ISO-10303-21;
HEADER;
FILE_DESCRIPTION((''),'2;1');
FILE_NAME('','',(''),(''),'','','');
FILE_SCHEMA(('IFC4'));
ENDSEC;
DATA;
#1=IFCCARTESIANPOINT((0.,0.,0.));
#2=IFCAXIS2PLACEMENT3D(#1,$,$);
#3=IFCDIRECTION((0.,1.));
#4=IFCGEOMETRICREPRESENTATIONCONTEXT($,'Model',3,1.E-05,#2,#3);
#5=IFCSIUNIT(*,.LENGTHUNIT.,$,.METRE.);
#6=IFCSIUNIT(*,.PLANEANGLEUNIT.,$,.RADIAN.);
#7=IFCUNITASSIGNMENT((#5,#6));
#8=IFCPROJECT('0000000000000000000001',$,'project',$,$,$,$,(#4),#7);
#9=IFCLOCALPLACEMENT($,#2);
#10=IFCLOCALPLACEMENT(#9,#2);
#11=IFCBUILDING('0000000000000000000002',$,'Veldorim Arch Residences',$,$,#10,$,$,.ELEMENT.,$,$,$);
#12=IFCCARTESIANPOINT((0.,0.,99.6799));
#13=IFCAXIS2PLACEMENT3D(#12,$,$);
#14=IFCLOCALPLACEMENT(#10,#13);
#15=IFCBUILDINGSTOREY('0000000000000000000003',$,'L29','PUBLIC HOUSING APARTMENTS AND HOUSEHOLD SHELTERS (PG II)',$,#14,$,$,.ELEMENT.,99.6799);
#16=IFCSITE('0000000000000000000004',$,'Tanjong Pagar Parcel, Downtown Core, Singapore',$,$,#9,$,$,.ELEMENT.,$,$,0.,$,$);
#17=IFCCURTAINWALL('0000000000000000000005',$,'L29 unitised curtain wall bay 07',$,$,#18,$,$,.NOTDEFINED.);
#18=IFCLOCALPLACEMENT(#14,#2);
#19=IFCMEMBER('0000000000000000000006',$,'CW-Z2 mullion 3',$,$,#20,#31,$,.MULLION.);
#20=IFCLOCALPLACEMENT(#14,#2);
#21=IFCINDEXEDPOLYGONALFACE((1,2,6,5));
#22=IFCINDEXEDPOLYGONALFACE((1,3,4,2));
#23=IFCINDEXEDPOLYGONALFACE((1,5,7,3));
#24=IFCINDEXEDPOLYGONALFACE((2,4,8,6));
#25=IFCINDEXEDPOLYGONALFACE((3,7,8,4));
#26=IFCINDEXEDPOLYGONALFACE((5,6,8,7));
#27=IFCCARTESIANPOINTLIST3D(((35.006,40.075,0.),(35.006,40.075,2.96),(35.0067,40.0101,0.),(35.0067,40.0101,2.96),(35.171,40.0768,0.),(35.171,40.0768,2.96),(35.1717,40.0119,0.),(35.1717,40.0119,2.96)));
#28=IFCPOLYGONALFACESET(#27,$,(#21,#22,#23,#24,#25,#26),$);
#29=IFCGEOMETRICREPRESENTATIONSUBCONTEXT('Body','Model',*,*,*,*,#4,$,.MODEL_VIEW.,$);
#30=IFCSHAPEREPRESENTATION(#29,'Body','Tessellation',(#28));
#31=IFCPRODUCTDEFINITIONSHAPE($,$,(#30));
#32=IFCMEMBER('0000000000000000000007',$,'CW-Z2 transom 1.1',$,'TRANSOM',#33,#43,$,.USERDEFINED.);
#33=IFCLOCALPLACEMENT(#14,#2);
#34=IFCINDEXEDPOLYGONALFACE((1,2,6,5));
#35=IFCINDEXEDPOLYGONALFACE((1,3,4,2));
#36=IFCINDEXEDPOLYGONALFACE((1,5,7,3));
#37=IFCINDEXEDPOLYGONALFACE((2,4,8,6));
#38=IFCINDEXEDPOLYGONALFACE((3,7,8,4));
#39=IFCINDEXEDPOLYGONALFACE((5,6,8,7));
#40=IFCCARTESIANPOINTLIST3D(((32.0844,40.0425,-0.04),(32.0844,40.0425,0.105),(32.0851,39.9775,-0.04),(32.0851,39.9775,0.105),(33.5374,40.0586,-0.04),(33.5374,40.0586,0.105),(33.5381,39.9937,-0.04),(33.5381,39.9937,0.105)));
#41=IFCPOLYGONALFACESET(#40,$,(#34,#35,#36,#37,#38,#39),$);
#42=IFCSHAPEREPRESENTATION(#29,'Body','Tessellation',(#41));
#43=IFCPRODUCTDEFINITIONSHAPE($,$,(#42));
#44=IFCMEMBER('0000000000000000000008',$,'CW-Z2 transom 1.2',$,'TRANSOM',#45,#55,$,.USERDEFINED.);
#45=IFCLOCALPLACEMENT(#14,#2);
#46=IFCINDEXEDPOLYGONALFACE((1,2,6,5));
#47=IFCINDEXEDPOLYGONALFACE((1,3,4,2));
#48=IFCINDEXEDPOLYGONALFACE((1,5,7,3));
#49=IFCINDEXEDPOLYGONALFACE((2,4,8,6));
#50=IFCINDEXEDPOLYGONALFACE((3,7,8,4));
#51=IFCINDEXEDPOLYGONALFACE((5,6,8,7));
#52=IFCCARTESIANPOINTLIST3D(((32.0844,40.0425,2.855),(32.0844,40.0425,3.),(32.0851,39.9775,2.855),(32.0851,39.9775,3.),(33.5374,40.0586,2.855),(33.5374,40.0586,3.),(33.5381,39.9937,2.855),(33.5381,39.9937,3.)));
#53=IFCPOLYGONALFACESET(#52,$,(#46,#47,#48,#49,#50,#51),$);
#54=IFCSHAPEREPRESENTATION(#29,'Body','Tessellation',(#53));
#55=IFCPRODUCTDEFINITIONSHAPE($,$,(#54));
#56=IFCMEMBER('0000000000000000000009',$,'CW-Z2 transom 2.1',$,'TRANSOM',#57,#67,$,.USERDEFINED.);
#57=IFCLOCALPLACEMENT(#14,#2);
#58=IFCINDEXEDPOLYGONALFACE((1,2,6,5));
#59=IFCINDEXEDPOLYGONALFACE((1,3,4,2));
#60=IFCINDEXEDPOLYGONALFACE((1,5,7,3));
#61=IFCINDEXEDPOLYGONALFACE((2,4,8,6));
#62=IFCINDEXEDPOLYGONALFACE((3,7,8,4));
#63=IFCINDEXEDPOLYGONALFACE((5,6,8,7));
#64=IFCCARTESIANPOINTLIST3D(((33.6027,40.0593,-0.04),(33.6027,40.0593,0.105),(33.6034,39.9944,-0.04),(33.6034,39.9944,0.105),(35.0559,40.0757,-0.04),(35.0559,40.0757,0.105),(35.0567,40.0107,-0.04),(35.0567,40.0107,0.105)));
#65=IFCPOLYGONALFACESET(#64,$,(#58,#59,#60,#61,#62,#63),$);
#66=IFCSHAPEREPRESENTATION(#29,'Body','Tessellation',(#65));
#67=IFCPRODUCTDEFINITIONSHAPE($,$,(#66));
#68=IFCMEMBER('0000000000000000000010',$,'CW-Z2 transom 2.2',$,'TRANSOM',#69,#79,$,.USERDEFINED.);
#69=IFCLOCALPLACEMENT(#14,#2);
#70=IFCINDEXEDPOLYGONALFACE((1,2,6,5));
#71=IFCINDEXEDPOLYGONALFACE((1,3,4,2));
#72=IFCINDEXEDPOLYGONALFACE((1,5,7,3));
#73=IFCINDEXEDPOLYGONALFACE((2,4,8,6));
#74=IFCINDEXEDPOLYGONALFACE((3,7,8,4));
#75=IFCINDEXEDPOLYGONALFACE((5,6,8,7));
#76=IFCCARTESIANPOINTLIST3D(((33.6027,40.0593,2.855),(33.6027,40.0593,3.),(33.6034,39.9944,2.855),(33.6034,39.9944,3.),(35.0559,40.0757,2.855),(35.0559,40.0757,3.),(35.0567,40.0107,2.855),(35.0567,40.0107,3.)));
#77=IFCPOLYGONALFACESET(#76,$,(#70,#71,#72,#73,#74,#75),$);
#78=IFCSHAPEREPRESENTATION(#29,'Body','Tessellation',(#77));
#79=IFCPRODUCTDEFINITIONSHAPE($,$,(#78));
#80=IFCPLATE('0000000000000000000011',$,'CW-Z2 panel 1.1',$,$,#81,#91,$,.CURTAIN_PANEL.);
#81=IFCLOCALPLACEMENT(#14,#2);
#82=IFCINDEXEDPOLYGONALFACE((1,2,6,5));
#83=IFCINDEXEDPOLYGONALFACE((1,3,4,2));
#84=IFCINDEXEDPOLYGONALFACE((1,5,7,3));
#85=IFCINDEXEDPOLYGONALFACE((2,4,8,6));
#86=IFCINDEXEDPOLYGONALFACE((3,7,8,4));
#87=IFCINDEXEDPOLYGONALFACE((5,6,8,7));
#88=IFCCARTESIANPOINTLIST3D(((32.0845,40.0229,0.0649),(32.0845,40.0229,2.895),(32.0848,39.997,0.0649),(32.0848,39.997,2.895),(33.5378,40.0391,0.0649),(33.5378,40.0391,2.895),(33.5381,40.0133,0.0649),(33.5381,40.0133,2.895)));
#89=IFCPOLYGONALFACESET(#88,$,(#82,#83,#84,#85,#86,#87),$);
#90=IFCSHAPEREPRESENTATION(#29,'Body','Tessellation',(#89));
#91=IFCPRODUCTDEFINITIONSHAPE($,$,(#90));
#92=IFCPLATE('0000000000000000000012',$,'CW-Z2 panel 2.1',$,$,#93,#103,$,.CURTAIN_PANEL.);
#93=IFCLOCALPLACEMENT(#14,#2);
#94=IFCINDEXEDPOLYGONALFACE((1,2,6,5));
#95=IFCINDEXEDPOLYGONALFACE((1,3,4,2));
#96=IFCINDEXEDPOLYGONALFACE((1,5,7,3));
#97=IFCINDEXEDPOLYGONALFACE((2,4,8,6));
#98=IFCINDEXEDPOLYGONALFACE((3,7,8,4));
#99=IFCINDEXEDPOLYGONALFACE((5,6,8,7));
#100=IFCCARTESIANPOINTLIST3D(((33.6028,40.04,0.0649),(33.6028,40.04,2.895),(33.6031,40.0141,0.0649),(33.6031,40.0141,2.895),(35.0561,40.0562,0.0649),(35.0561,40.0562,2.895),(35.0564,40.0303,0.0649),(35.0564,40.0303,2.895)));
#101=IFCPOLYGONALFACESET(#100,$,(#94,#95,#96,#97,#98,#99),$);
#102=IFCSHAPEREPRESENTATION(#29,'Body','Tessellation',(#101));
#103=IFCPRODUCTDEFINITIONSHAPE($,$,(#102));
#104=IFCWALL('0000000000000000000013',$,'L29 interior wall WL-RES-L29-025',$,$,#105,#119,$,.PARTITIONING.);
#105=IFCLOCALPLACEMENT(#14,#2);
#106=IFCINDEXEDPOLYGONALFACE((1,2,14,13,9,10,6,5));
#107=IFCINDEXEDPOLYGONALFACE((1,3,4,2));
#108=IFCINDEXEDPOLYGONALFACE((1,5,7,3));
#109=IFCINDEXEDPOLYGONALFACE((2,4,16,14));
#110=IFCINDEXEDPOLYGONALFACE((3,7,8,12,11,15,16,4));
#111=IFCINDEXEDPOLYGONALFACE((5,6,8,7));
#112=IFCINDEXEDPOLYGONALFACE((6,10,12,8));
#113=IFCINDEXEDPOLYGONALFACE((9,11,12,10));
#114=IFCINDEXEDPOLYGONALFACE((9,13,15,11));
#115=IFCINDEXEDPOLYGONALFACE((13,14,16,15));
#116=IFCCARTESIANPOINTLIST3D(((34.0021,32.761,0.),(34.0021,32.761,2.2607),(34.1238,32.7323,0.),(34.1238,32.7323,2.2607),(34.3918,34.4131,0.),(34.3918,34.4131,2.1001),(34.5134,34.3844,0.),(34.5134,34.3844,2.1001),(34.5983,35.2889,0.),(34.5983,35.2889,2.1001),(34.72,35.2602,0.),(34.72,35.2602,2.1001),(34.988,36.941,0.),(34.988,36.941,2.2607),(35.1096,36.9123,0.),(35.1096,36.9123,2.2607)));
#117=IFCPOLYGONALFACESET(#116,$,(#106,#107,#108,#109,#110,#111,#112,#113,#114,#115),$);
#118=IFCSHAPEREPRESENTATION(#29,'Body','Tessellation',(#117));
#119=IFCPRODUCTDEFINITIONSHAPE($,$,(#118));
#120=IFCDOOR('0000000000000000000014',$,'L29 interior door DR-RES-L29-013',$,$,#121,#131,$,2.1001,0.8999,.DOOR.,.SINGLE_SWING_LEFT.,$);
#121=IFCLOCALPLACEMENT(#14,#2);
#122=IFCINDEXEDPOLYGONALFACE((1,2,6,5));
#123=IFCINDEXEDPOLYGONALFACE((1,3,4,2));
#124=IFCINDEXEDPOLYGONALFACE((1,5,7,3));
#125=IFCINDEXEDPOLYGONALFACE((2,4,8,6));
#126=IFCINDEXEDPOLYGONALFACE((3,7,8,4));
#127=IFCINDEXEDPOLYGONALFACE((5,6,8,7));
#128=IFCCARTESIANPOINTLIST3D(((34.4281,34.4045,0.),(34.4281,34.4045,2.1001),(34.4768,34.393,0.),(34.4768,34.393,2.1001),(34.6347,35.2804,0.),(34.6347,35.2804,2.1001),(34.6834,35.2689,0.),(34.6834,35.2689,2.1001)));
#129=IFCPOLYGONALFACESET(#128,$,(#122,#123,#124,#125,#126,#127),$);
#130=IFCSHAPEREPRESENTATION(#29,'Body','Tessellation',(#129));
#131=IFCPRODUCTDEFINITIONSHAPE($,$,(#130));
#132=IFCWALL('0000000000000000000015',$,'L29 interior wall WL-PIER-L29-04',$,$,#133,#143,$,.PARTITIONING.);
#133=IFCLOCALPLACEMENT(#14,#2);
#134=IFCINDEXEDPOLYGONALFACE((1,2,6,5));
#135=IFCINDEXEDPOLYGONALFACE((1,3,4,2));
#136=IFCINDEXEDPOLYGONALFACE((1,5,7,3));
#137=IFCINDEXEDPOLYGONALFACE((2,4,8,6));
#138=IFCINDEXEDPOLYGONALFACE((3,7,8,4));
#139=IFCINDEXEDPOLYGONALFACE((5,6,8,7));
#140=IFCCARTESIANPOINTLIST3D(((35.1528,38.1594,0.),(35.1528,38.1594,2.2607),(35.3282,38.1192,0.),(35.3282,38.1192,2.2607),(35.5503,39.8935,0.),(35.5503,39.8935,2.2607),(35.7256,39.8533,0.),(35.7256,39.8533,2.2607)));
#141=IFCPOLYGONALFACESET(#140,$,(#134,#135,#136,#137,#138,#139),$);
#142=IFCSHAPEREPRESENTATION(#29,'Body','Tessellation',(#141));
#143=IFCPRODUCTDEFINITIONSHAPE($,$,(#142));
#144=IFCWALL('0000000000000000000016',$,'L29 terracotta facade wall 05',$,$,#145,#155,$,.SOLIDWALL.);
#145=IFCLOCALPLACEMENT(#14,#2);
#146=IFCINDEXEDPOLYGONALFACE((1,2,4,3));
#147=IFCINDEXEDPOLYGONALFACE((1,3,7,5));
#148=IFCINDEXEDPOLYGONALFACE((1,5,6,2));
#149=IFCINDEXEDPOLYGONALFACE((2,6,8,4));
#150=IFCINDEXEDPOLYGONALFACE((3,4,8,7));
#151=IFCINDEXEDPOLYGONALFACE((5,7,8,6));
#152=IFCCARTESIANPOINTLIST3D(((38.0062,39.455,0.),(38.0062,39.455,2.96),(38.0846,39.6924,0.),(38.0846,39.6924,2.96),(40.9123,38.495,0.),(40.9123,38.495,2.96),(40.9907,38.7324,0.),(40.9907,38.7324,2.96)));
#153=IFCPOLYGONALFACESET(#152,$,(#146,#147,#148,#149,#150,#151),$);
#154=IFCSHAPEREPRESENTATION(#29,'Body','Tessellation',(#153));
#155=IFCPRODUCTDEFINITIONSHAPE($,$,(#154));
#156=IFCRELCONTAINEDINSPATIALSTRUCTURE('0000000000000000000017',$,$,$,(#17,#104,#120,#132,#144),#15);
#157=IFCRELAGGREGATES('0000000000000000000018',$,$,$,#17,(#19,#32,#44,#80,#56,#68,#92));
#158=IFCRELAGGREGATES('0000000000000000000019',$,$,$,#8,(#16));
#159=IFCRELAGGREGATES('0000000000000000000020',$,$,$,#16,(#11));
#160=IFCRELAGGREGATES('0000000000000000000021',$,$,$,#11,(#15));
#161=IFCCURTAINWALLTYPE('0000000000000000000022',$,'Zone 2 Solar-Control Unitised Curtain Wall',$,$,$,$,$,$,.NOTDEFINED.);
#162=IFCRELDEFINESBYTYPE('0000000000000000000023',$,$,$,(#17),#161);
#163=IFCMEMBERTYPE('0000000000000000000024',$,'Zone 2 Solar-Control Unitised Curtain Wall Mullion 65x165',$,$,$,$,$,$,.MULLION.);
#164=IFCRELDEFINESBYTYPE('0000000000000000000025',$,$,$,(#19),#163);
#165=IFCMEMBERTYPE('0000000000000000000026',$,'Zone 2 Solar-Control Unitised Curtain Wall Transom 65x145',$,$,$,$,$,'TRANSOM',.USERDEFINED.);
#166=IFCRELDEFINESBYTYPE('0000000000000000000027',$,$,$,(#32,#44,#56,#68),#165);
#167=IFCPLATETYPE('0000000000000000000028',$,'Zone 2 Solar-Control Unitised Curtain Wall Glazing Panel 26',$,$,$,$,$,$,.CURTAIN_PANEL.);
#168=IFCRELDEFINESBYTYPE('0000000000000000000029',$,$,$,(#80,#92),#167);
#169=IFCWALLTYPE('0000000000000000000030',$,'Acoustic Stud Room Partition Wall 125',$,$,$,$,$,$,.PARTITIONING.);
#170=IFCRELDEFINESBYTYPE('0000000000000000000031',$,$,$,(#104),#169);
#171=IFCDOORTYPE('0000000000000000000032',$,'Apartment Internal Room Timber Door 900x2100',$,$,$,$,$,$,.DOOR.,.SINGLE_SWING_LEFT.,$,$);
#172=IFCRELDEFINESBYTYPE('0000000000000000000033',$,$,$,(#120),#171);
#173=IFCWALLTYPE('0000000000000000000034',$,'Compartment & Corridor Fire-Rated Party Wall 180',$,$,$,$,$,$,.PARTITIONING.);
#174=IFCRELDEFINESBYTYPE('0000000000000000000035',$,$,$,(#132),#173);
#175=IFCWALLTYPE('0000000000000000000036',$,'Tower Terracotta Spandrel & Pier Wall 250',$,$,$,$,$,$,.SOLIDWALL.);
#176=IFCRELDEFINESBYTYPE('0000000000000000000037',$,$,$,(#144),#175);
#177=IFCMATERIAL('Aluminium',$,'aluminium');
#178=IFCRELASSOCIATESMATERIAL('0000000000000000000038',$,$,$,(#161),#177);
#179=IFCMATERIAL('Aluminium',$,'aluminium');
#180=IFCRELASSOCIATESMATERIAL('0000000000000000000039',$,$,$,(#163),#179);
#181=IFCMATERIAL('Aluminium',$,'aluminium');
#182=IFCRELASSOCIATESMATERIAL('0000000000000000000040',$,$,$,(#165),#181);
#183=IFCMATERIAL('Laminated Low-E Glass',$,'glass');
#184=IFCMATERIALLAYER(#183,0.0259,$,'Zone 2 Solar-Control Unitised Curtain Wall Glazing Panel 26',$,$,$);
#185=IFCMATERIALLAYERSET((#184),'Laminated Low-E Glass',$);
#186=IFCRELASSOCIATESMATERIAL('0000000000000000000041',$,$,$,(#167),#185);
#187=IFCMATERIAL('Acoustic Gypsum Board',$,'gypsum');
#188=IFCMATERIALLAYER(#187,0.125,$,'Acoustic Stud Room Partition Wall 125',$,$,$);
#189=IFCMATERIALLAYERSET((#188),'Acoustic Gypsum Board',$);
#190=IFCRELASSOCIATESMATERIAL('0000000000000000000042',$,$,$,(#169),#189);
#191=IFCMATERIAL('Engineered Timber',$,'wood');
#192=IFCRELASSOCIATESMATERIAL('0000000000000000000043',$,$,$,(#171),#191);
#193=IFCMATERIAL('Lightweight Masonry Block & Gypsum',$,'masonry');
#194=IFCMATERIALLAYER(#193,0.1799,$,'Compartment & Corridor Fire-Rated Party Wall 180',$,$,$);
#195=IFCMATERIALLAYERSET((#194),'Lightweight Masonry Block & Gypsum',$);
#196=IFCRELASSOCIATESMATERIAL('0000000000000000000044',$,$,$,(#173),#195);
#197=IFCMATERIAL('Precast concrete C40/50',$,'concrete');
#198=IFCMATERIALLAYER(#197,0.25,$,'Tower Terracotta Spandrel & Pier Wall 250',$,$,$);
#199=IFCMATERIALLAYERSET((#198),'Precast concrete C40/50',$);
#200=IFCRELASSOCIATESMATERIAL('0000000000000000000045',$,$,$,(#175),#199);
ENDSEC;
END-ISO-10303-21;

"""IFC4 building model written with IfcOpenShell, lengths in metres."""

from ifc_helpers import new_model, si_unit, direction, frame, frame_2d, origin, origin_2d, place, context, subcontext, project, spatial, rectangle, extrude, material, layer, layer_set, material_profile, profile_set, type_object, element, fill, aggregate, save


model = new_model("IFC4")

# Units and contexts
model_context = context("Model", 3, precision=1e-05, world=origin(), true_north=direction((0.0, 1.0)))
body_context = subcontext(model_context, "Body", "Model", "MODEL_VIEW")
ifc_project = project(units=[si_unit("LENGTHUNIT", "METRE"), si_unit("PLANEANGLEUNIT", "RADIAN")], contexts=[model_context])

# Site, building, storey
site_placement = place(None, origin())
site = spatial("IfcSite", under=ifc_project, at=site_placement, Name="Tanjong Pagar Parcel, Downtown Core, Singapore", CompositionType="ELEMENT", RefElevation=0.0)
building_placement = place(site_placement, origin())
building = spatial("IfcBuilding", under=site, at=building_placement, Name="Veldorim Arch Residences", CompositionType="ELEMENT")
storey_placement = place(building_placement, frame((0.0, 0.0, 99.6799)))
storey = spatial("IfcBuildingStorey", under=building, at=storey_placement, Name="L29", Description="PUBLIC HOUSING APARTMENTS AND HOUSEHOLD SHELTERS (PG II)", CompositionType="ELEMENT", Elevation=99.6799)

# Shared definitions
ifc_material_1 = material(Name="Aluminium", Category="aluminium")
curtain_wall_type = type_object("IfcCurtainWallType", Name="Zone 2 Solar-Control Unitised Curtain Wall", PredefinedType="NOTDEFINED", material=ifc_material_1)
ifc_material_2 = material(Name="Aluminium", Category="aluminium")
ifc_material_profile_1 = material_profile(ifc_material_2, rectangle(XDim=0.0649, YDim=0.165, at=origin_2d()), Name="ALU_MUL_65x165")
ifc_profile_set_1 = profile_set([ifc_material_profile_1], Name="Aluminium")
member_type_1 = type_object("IfcMemberType", Name="Zone 2 Solar-Control Unitised Curtain Wall Mullion 65x165", PredefinedType="MULLION", material=ifc_profile_set_1)

# Curtain wall, members, plates
curtain_wall_1_placement = place(storey_placement, origin())
curtain_wall_1 = element("IfcCurtainWall", 1, at=curtain_wall_1_placement, inside=storey, type_object=curtain_wall_type, Name="L29 unitised curtain wall bay 07", PredefinedType="NOTDEFINED")
member_1_placement = place(storey_placement, frame((35.0889, 40.0435, 0.0), z_axis=(0.0, 0.0, 1.0), x_axis=(-0.011187, 0.999937, 0.0)))
member_1 = element("IfcMember", 2, at=member_1_placement, type_object=member_type_1, Name="CW-Z2 mullion 3", PredefinedType="MULLION", context=body_context, shape_type="SweptSolid", body=[
    extrude(rectangle(XDim=0.0649, YDim=0.165, at=origin_2d()), origin(), (0.0, 0.0, 1.0), 2.96),
])
ifc_material_3 = material(Name="Aluminium", Category="aluminium")
ifc_material_profile_2 = material_profile(ifc_material_3, rectangle(XDim=0.0649, YDim=0.145, at=origin_2d()), Name="ALU_TRN_65x145")
ifc_profile_set_2 = profile_set([ifc_material_profile_2], Name="Aluminium")
member_type_2 = type_object("IfcMemberType", Name="Zone 2 Solar-Control Unitised Curtain Wall Transom 65x145", ElementType="TRANSOM", PredefinedType="USERDEFINED", material=ifc_profile_set_2)
member_2_placement = place(storey_placement, frame((32.0847, 40.01, 0.0325), z_axis=(0.999939, 0.011088, 0.0), x_axis=(-0.011088, 0.999939, 0.0)))
member_2 = element("IfcMember", 3, at=member_2_placement, type_object=member_type_2, Name="CW-Z2 transom 1.1", ObjectType="TRANSOM", PredefinedType="USERDEFINED", context=body_context, shape_type="SweptSolid", body=[
    extrude(rectangle(XDim=0.0649, YDim=0.145, at=origin_2d()), origin(), (0.0, 0.0, 1.0), 1.4531),
])
member_3_placement = place(storey_placement, frame((32.0847, 40.01, 2.9275), z_axis=(0.999939, 0.011088, 0.0), x_axis=(-0.011088, 0.999939, 0.0)))
member_3 = element("IfcMember", 4, at=member_3_placement, type_object=member_type_2, Name="CW-Z2 transom 1.2", ObjectType="TRANSOM", PredefinedType="USERDEFINED", context=body_context, shape_type="SweptSolid", body=[
    extrude(rectangle(XDim=0.0649, YDim=0.145, at=origin_2d()), origin(), (0.0, 0.0, 1.0), 1.4531),
])
member_4_placement = place(storey_placement, frame((33.603, 40.0269, 0.0325), z_axis=(0.999937, 0.011254, 0.0), x_axis=(-0.011254, 0.999937, 0.0)))
member_4 = element("IfcMember", 5, at=member_4_placement, type_object=member_type_2, Name="CW-Z2 transom 2.1", ObjectType="TRANSOM", PredefinedType="USERDEFINED", context=body_context, shape_type="SweptSolid", body=[
    extrude(rectangle(XDim=0.0649, YDim=0.145, at=origin_2d()), origin(), (0.0, 0.0, 1.0), 1.4534),
])
member_5_placement = place(storey_placement, frame((33.603, 40.0269, 2.9275), z_axis=(0.999937, 0.011254, 0.0), x_axis=(-0.011254, 0.999937, 0.0)))
member_5 = element("IfcMember", 6, at=member_5_placement, type_object=member_type_2, Name="CW-Z2 transom 2.2", ObjectType="TRANSOM", PredefinedType="USERDEFINED", context=body_context, shape_type="SweptSolid", body=[
    extrude(rectangle(XDim=0.0649, YDim=0.145, at=origin_2d()), origin(), (0.0, 0.0, 1.0), 1.4534),
])
ifc_material_4 = material(Name="Laminated Low-E Glass", Category="glass")
ifc_layer_1 = layer(ifc_material_4, 0.0259, Name="Zone 2 Solar-Control Unitised Curtain Wall Glazing Panel 26")
ifc_layer_set_1 = layer_set([ifc_layer_1], Name="Laminated Low-E Glass")
plate_type = type_object("IfcPlateType", Name="Zone 2 Solar-Control Unitised Curtain Wall Glazing Panel 26", PredefinedType="CURTAIN_PANEL", material=ifc_layer_set_1)
plate_1_placement = place(storey_placement, frame((32.8113, 40.0181, 0.0649), z_axis=(0.0, 0.0, 1.0), x_axis=(0.999937, 0.011187, 0.0)))
plate_1 = element("IfcPlate", 7, at=plate_1_placement, type_object=plate_type, Name="CW-Z2 panel 1.1", PredefinedType="CURTAIN_PANEL", context=body_context, shape_type="SweptSolid", body=[
    extrude(rectangle(XDim=1.4534, YDim=0.0259, at=origin_2d()), origin(), (0.0, 0.0, 1.0), 2.8301),
])
plate_2_placement = place(storey_placement, frame((34.3296, 40.0352, 0.0649), z_axis=(0.0, 0.0, 1.0), x_axis=(0.999937, 0.011187, 0.0)))
plate_2 = element("IfcPlate", 8, at=plate_2_placement, type_object=plate_type, Name="CW-Z2 panel 2.1", PredefinedType="CURTAIN_PANEL", context=body_context, shape_type="SweptSolid", body=[
    extrude(rectangle(XDim=1.4534, YDim=0.0259, at=origin_2d()), origin(), (0.0, 0.0, 1.0), 2.8301),
])
aggregate(curtain_wall_1, [member_1, member_2, member_3, plate_1, member_4, member_5, plate_2])

# Wall, opening, door
ifc_material_5 = material(Name="Acoustic Gypsum Board", Category="gypsum")
ifc_layer_2 = layer(ifc_material_5, 0.125, Name="Acoustic Stud Room Partition Wall 125")
ifc_layer_set_2 = layer_set([ifc_layer_2], Name="Acoustic Gypsum Board")
wall_type_1 = type_object("IfcWallType", Name="Acoustic Stud Room Partition Wall 125", PredefinedType="PARTITIONING", material=ifc_layer_set_2)
wall_1_placement = place(storey_placement, frame((35.0488, 36.9268, 0.0), z_axis=(0.0, 0.0, 1.0), x_axis=(-0.229553, -0.973296, 0.0)))
wall_1 = element("IfcWall", 9, at=wall_1_placement, inside=storey, type_object=wall_type_1, Name="L29 interior wall WL-RES-L29-025", PredefinedType="PARTITIONING", context=body_context, shape_type="SweptSolid", body=[
    extrude(rectangle(XDim=4.2947, YDim=0.125, at=frame_2d((2.1475, 0.0))), origin(), (0.0, 0.0, 1.0), 2.2607),
])
opening_1_placement = place(wall_1_placement, frame((1.6975, 0.0, 0.0)))
opening_1 = element("IfcOpeningElement", 10, at=opening_1_placement, cuts=wall_1, PredefinedType="OPENING", context=body_context, shape_type="SweptSolid", body=[
    extrude(rectangle(XDim=0.8999, YDim=2.1001, at=frame_2d((0.45, 1.05))), frame((0.0, 0.0725, 0.0), z_axis=(0.0, -1.0, 0.0), x_axis=(1.0, 0.0, 0.0)), (0.0, 0.0, 1.0), 0.145),
])
ifc_material_6 = material(Name="Engineered Timber", Category="wood")
door_type = type_object("IfcDoorType", Name="Apartment Internal Room Timber Door 900x2100", OperationType="SINGLE_SWING_LEFT", PredefinedType="DOOR", material=ifc_material_6)
door_placement = place(opening_1_placement, origin())
door = element("IfcDoor", 11, at=door_placement, inside=storey, type_object=door_type, Name="L29 interior door DR-RES-L29-013", OperationType="SINGLE_SWING_LEFT", OverallHeight=2.1001, OverallWidth=0.8999, PredefinedType="DOOR", context=body_context, shape_type="SweptSolid", body=[
    extrude(rectangle(XDim=0.8999, YDim=2.1001, at=frame_2d((0.45, 1.05))), frame((0.0, 0.0249, 0.0), z_axis=(0.0, -1.0, 0.0), x_axis=(1.0, 0.0, 0.0)), (0.0, 0.0, 1.0), 0.05),
])
fill(opening_1, door)

# Walls
ifc_material_7 = material(Name="Lightweight Masonry Block & Gypsum", Category="masonry")
ifc_layer_3 = layer(ifc_material_7, 0.1799, Name="Compartment & Corridor Fire-Rated Party Wall 180")
ifc_layer_set_3 = layer_set([ifc_layer_3], Name="Lightweight Masonry Block & Gypsum")
wall_type_2 = type_object("IfcWallType", Name="Compartment & Corridor Fire-Rated Party Wall 180", PredefinedType="PARTITIONING", material=ifc_layer_set_3)
wall_2_placement = place(storey_placement, frame((35.2405, 38.1392, 0.0), z_axis=(0.0, 0.0, 1.0), x_axis=(0.223406, 0.974725, 0.0)))
element("IfcWall", 12, at=wall_2_placement, inside=storey, type_object=wall_type_2, Name="L29 interior wall WL-PIER-L29-04", PredefinedType="PARTITIONING", context=body_context, shape_type="SweptSolid", body=[
    extrude(rectangle(XDim=1.7791, YDim=0.1799, at=frame_2d((0.8896, 0.0))), origin(), (0.0, 0.0, 1.0), 2.2607),
])
ifc_material_8 = material(Name="Precast concrete C40/50", Category="concrete")
ifc_layer_4 = layer(ifc_material_8, 0.25, Name="Tower Terracotta Spandrel & Pier Wall 250")
ifc_layer_set_4 = layer_set([ifc_layer_4], Name="Precast concrete C40/50")
wall_type_3 = type_object("IfcWallType", Name="Tower Terracotta Spandrel & Pier Wall 250", PredefinedType="SOLIDWALL", material=ifc_layer_set_4)
wall_3_placement = place(storey_placement, frame((38.0454, 39.5737, 0.0), z_axis=(0.0, 0.0, 1.0), x_axis=(0.949533, -0.313666, 0.0)))
element("IfcWall", 13, at=wall_3_placement, inside=storey, type_object=wall_type_3, Name="L29 terracotta facade wall 05", PredefinedType="SOLIDWALL", context=body_context, shape_type="SweptSolid", body=[
    extrude(rectangle(XDim=3.0605, YDim=0.25, at=frame_2d((1.5303, 0.0))), origin(), (0.0, 0.0, 1.0), 2.96),
])

save(model, "model.ifc")
